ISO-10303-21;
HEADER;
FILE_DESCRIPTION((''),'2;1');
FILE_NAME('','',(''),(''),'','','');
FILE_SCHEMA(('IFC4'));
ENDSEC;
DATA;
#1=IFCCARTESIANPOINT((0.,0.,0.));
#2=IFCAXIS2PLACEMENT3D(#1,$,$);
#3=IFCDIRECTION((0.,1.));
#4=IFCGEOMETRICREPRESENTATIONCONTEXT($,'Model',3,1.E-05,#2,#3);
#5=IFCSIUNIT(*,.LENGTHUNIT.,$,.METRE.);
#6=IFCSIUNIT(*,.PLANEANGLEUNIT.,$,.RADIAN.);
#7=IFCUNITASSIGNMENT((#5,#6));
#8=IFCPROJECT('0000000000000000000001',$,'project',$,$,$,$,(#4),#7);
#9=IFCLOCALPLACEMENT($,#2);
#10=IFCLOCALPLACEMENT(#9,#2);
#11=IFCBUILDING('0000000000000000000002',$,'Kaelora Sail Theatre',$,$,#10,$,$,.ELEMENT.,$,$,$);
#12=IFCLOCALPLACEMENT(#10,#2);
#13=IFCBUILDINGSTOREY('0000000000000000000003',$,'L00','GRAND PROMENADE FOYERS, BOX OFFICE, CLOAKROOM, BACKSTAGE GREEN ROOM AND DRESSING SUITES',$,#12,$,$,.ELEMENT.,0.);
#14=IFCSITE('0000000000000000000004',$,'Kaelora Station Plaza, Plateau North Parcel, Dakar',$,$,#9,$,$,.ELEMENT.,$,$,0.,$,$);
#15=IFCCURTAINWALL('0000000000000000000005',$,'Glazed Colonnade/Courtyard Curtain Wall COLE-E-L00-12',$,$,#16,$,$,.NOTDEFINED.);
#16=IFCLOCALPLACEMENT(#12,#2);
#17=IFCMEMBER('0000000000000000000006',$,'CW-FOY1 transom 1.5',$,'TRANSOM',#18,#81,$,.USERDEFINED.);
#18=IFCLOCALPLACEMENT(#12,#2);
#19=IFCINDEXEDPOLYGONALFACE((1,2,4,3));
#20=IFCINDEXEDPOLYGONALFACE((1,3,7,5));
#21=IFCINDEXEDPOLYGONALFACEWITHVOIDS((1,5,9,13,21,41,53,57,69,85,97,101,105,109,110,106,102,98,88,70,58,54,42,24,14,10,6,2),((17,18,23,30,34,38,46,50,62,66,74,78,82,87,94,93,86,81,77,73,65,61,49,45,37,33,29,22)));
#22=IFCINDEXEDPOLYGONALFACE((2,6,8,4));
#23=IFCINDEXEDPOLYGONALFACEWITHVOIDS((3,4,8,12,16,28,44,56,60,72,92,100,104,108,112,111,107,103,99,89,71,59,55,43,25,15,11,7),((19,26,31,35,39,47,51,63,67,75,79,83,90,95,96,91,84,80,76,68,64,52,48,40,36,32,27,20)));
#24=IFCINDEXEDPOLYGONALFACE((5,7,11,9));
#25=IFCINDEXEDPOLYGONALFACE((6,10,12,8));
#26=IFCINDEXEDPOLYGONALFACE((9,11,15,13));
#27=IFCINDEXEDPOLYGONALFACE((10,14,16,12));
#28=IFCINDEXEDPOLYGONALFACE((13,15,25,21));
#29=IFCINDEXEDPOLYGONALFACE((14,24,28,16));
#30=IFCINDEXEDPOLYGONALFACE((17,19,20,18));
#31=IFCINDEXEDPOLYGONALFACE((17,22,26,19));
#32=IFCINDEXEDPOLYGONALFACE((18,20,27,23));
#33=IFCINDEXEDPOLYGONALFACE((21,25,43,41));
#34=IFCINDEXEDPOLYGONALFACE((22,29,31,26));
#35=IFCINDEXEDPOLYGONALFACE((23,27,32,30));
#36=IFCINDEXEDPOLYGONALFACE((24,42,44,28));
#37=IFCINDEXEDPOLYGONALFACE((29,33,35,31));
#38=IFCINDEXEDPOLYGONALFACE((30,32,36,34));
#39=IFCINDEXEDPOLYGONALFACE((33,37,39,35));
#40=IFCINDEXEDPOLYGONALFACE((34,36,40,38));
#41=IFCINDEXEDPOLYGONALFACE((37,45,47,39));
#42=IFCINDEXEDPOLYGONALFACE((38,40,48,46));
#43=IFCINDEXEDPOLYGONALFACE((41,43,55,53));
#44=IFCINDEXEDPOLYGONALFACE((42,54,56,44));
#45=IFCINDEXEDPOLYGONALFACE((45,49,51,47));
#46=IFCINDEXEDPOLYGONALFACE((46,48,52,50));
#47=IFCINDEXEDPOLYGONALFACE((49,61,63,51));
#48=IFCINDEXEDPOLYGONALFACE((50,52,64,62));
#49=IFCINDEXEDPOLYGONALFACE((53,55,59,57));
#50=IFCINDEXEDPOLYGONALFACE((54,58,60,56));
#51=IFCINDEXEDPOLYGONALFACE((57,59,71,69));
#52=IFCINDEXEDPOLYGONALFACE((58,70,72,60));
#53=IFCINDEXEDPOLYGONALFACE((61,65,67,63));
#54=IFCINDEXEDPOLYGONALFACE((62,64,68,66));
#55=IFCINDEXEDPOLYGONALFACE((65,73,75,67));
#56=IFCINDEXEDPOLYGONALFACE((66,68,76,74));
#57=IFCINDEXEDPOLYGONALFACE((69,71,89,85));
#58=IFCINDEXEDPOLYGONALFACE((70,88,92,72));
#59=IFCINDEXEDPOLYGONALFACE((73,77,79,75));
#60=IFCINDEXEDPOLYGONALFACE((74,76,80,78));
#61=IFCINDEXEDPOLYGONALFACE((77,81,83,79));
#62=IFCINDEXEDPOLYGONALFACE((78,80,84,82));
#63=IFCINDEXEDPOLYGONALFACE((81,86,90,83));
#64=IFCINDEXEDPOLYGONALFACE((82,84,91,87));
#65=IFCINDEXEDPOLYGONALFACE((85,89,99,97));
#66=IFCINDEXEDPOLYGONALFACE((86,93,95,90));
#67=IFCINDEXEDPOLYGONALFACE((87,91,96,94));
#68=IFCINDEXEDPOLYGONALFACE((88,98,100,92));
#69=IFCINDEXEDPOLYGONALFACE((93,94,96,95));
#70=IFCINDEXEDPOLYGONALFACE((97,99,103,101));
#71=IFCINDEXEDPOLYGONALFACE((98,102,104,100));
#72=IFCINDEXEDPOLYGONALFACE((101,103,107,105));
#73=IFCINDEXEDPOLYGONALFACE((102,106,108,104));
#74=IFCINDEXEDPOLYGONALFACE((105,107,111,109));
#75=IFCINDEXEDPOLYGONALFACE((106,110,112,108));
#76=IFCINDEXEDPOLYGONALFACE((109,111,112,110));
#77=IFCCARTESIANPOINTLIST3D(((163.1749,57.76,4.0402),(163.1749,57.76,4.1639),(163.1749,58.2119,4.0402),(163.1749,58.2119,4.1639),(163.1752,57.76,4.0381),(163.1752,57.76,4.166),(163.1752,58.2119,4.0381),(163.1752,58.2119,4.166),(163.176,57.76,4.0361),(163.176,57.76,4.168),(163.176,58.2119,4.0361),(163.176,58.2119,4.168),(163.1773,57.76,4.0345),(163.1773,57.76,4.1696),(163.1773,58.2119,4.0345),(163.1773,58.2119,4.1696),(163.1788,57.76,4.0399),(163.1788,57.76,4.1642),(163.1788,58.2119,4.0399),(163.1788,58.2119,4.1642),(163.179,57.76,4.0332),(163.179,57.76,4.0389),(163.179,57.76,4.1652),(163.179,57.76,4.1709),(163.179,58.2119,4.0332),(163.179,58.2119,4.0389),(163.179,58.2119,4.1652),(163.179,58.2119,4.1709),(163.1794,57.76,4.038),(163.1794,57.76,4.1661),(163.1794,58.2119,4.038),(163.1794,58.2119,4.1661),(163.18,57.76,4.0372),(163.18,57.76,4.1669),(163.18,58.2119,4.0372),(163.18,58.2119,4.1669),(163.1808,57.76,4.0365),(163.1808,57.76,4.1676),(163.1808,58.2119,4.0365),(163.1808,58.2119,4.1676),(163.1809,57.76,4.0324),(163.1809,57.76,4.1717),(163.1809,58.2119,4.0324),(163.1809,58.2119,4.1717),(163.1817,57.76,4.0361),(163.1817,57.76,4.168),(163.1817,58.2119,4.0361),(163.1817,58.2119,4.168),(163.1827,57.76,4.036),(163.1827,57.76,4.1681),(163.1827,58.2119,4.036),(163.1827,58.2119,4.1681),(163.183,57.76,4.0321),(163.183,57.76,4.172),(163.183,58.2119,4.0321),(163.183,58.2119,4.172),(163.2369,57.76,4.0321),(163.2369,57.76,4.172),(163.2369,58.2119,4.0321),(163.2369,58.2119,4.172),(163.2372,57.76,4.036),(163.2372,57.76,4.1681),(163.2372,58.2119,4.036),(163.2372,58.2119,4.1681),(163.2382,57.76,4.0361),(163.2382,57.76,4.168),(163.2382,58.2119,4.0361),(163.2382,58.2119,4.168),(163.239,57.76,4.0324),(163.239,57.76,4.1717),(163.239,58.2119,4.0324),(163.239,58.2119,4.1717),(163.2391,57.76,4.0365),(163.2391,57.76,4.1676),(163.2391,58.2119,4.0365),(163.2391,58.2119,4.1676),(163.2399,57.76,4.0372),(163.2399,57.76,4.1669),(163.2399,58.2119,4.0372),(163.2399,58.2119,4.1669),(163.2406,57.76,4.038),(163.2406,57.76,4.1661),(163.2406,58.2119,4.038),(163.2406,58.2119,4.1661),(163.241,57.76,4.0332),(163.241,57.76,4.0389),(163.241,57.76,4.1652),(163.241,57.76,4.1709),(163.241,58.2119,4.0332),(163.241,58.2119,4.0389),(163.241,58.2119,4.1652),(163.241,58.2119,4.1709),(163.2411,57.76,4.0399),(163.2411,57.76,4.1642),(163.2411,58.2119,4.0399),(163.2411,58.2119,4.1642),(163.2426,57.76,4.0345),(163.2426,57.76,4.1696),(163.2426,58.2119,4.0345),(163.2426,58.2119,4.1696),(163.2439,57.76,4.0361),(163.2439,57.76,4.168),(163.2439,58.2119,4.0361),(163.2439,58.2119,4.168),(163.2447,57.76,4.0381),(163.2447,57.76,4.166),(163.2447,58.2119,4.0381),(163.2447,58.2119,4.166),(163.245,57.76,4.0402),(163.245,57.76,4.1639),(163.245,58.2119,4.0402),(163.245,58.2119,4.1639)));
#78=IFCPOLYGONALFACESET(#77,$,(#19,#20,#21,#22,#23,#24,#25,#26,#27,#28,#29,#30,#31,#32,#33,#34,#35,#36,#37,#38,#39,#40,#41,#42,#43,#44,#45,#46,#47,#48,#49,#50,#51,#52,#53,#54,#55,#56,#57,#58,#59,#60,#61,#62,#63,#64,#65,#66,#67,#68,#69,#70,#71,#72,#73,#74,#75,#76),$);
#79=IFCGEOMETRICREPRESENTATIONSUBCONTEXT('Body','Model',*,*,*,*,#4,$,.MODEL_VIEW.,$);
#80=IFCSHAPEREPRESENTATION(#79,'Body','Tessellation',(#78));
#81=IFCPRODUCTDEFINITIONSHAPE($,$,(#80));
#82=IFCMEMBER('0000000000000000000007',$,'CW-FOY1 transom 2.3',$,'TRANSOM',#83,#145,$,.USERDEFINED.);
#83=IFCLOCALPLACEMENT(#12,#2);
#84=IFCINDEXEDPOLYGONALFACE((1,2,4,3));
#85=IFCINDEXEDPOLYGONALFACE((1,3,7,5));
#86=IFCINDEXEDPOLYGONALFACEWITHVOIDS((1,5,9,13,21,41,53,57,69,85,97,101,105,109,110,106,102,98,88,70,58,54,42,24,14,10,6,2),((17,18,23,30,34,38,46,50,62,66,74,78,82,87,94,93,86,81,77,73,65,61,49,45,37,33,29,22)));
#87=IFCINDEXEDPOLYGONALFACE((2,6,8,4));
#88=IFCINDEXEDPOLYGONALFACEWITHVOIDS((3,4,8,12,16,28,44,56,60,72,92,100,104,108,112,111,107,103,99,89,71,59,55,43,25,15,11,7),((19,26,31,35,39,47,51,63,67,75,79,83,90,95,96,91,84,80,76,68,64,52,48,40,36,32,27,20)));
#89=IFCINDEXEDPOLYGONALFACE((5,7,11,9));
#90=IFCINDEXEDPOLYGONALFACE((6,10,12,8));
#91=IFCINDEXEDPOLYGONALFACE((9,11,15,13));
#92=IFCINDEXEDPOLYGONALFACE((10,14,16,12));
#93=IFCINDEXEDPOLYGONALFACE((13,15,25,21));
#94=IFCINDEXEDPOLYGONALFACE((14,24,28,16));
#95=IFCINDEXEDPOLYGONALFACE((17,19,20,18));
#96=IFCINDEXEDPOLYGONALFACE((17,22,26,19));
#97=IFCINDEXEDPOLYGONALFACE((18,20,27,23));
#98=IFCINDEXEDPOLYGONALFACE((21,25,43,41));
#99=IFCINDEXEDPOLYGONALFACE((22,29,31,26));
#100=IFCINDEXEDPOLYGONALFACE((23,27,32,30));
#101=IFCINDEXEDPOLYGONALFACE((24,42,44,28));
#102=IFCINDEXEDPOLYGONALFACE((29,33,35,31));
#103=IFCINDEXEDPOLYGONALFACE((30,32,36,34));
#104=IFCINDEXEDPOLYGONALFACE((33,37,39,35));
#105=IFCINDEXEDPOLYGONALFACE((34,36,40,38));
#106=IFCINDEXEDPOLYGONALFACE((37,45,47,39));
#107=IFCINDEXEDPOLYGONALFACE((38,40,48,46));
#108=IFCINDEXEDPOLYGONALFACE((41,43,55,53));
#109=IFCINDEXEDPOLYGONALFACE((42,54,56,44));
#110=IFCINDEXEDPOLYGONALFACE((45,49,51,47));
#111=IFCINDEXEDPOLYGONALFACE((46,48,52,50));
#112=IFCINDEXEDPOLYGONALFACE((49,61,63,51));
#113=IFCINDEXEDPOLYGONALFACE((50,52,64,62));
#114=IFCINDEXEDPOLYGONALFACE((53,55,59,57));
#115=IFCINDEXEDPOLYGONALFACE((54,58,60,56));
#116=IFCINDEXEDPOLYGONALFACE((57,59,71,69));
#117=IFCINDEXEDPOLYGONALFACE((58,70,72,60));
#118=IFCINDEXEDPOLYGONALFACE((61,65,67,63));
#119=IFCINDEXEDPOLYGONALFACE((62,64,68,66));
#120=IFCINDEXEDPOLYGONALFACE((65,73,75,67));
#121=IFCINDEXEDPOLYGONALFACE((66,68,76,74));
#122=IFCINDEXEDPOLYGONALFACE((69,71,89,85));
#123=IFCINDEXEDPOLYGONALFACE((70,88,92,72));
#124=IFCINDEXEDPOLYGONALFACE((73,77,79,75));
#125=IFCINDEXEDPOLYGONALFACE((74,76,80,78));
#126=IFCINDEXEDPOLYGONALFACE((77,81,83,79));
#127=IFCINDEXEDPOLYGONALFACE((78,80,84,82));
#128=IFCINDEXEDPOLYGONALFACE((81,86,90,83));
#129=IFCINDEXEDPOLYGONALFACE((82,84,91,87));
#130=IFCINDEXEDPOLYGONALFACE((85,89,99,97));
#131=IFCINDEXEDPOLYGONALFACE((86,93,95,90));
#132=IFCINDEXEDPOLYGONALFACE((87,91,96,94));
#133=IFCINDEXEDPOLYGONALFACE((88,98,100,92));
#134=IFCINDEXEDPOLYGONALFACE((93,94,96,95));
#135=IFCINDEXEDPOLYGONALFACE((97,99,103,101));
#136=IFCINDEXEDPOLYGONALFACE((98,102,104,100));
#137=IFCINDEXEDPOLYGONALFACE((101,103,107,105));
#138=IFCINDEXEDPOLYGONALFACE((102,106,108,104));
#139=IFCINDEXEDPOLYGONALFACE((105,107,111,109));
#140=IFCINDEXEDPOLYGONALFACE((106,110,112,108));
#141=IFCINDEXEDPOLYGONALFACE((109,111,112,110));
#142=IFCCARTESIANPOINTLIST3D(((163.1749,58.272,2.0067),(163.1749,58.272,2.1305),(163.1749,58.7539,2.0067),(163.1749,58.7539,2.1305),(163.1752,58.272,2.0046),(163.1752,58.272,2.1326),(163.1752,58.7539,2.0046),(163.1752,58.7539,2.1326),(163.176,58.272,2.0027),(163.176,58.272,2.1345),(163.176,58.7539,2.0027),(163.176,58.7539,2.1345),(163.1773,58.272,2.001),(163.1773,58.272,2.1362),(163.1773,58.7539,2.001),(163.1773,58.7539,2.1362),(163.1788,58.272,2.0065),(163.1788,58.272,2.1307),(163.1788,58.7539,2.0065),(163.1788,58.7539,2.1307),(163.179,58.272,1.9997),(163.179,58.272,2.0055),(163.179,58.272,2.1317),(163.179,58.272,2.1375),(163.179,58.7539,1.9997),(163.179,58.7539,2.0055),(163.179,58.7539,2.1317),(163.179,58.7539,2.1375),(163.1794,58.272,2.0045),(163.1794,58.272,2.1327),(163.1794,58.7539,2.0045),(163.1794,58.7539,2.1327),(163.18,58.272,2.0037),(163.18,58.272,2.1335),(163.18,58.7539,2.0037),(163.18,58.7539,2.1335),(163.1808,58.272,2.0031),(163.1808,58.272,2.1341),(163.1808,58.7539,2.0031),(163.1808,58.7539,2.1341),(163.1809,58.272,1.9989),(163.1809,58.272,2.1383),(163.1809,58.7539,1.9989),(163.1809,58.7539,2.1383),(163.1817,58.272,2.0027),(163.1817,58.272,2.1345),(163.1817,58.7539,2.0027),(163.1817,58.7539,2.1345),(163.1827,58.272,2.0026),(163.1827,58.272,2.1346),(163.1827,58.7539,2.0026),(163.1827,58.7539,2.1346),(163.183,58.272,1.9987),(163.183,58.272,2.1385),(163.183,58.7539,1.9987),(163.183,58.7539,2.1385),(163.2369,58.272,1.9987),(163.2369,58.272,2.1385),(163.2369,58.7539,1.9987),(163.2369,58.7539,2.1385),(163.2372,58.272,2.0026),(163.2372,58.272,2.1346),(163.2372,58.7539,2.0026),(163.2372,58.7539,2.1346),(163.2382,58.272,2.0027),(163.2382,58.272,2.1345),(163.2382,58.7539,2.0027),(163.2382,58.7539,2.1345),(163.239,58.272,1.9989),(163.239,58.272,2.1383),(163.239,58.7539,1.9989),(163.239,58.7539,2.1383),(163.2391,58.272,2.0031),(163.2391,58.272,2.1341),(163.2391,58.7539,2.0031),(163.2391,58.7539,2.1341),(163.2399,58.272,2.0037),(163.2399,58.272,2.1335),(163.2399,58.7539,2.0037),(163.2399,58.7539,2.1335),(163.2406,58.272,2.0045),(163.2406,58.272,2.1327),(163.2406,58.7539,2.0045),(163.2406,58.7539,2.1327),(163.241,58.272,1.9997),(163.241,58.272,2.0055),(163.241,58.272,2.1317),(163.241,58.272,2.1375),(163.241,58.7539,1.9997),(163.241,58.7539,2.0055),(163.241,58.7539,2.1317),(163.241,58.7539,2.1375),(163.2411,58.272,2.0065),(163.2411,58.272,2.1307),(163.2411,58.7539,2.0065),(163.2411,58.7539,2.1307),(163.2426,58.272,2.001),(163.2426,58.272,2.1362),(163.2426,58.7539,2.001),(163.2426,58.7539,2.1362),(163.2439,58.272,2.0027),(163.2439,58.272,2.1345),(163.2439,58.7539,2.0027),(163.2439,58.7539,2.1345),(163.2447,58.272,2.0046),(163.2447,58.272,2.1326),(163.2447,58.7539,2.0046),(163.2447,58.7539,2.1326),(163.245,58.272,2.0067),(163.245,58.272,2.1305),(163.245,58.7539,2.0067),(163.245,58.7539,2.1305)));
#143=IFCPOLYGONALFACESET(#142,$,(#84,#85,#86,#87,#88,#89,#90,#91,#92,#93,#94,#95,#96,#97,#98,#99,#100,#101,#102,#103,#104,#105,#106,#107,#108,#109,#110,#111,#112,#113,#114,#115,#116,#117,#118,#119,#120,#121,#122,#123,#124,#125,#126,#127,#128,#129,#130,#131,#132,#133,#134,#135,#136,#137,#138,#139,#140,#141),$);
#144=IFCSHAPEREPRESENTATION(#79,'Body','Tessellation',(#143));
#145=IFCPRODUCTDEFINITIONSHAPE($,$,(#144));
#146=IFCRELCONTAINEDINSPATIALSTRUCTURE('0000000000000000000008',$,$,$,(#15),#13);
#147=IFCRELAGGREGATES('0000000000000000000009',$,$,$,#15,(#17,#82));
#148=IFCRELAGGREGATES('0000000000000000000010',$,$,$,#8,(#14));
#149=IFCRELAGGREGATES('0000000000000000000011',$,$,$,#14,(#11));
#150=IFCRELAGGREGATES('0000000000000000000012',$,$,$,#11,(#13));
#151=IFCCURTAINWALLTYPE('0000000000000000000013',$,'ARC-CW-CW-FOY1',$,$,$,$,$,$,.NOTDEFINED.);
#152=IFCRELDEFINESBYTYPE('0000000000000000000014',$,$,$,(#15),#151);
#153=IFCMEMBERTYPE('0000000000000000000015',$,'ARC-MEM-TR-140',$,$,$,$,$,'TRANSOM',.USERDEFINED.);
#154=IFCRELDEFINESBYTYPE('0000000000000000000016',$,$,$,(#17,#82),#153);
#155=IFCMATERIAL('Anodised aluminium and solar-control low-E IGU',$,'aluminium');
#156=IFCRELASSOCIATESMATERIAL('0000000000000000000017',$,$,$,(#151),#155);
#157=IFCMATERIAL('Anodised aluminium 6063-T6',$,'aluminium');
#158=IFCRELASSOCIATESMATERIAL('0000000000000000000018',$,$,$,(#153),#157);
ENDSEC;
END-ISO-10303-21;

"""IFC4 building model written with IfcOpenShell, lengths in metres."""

from ifc_helpers import new_model, si_unit, direction, frame, origin, origin_2d, place, context, subcontext, project, spatial, hollow_rectangle, extrude, material, material_profile, profile_set, type_object, element, aggregate, save


model = new_model("IFC4")

# Units and contexts
model_context = context("Model", 3, precision=1e-05, world=origin(), true_north=direction((0.0, 1.0)))
body_context = subcontext(model_context, "Body", "Model", "MODEL_VIEW")
ifc_project = project(units=[si_unit("LENGTHUNIT", "METRE"), si_unit("PLANEANGLEUNIT", "RADIAN")], contexts=[model_context])

# Site, building, storey
site_placement = place(None, origin())
site = spatial("IfcSite", under=ifc_project, at=site_placement, Name="Kaelora Station Plaza, Plateau North Parcel, Dakar", CompositionType="ELEMENT", RefElevation=0.0)
building_placement = place(site_placement, origin())
building = spatial("IfcBuilding", under=site, at=building_placement, Name="Kaelora Sail Theatre", CompositionType="ELEMENT")
storey_placement = place(building_placement, origin())
storey = spatial("IfcBuildingStorey", under=building, at=storey_placement, Name="L00", Description="GRAND PROMENADE FOYERS, BOX OFFICE, CLOAKROOM, BACKSTAGE GREEN ROOM AND DRESSING SUITES", CompositionType="ELEMENT", Elevation=0.0)

# Curtain wall, members
ifc_material_1 = material(Name="Anodised aluminium and solar-control low-E IGU", Category="aluminium")
curtain_wall_type = type_object("IfcCurtainWallType", Name="ARC-CW-CW-FOY1", PredefinedType="NOTDEFINED", material=ifc_material_1)
curtain_wall_placement = place(storey_placement, origin())
curtain_wall = element("IfcCurtainWall", 1, at=curtain_wall_placement, inside=storey, type_object=curtain_wall_type, Name="Glazed Colonnade/Courtyard Curtain Wall COLE-E-L00-12", PredefinedType="NOTDEFINED")
ifc_material_2 = material(Name="Anodised aluminium 6063-T6", Category="aluminium")
ifc_material_profile = material_profile(ifc_material_2, hollow_rectangle(XDim=0.0701, YDim=0.1399, WallThickness=0.0039, InnerFilletRadius=0.0039, OuterFilletRadius=0.0081, at=origin_2d()), Name="ALU-TRAN 70x140x4")
ifc_profile_set = profile_set([ifc_material_profile], Name="Anodised aluminium 6063-T6")
member_type = type_object("IfcMemberType", Name="ARC-MEM-TR-140", ElementType="TRANSOM", PredefinedType="USERDEFINED", material=ifc_profile_set)
member_1_placement = place(storey_placement, frame((163.21, 57.76, 4.1021), z_axis=(0.0, 1.0, 0.0), x_axis=(-1.0, 0.0, 0.0)))
member_1 = element("IfcMember", 2, at=member_1_placement, type_object=member_type, Name="CW-FOY1 transom 1.5", ObjectType="TRANSOM", PredefinedType="USERDEFINED", context=body_context, shape_type="SweptSolid", body=[
    extrude(hollow_rectangle(XDim=0.0701, YDim=0.1399, WallThickness=0.0039, InnerFilletRadius=0.0039, OuterFilletRadius=0.0081, at=origin_2d()), origin(), (0.0, 0.0, 1.0), 0.4519),
])
member_2_placement = place(storey_placement, frame((163.21, 58.272, 2.0686), z_axis=(0.0, 1.0, 0.0), x_axis=(-1.0, 0.0, 0.0)))
member_2 = element("IfcMember", 3, at=member_2_placement, type_object=member_type, Name="CW-FOY1 transom 2.3", ObjectType="TRANSOM", PredefinedType="USERDEFINED", context=body_context, shape_type="SweptSolid", body=[
    extrude(hollow_rectangle(XDim=0.0701, YDim=0.1399, WallThickness=0.0039, InnerFilletRadius=0.0039, OuterFilletRadius=0.0081, at=origin_2d()), origin(), (0.0, 0.0, 1.0), 0.4819),
])
aggregate(curtain_wall, [member_1, member_2])

save(model, "model.ifc")
